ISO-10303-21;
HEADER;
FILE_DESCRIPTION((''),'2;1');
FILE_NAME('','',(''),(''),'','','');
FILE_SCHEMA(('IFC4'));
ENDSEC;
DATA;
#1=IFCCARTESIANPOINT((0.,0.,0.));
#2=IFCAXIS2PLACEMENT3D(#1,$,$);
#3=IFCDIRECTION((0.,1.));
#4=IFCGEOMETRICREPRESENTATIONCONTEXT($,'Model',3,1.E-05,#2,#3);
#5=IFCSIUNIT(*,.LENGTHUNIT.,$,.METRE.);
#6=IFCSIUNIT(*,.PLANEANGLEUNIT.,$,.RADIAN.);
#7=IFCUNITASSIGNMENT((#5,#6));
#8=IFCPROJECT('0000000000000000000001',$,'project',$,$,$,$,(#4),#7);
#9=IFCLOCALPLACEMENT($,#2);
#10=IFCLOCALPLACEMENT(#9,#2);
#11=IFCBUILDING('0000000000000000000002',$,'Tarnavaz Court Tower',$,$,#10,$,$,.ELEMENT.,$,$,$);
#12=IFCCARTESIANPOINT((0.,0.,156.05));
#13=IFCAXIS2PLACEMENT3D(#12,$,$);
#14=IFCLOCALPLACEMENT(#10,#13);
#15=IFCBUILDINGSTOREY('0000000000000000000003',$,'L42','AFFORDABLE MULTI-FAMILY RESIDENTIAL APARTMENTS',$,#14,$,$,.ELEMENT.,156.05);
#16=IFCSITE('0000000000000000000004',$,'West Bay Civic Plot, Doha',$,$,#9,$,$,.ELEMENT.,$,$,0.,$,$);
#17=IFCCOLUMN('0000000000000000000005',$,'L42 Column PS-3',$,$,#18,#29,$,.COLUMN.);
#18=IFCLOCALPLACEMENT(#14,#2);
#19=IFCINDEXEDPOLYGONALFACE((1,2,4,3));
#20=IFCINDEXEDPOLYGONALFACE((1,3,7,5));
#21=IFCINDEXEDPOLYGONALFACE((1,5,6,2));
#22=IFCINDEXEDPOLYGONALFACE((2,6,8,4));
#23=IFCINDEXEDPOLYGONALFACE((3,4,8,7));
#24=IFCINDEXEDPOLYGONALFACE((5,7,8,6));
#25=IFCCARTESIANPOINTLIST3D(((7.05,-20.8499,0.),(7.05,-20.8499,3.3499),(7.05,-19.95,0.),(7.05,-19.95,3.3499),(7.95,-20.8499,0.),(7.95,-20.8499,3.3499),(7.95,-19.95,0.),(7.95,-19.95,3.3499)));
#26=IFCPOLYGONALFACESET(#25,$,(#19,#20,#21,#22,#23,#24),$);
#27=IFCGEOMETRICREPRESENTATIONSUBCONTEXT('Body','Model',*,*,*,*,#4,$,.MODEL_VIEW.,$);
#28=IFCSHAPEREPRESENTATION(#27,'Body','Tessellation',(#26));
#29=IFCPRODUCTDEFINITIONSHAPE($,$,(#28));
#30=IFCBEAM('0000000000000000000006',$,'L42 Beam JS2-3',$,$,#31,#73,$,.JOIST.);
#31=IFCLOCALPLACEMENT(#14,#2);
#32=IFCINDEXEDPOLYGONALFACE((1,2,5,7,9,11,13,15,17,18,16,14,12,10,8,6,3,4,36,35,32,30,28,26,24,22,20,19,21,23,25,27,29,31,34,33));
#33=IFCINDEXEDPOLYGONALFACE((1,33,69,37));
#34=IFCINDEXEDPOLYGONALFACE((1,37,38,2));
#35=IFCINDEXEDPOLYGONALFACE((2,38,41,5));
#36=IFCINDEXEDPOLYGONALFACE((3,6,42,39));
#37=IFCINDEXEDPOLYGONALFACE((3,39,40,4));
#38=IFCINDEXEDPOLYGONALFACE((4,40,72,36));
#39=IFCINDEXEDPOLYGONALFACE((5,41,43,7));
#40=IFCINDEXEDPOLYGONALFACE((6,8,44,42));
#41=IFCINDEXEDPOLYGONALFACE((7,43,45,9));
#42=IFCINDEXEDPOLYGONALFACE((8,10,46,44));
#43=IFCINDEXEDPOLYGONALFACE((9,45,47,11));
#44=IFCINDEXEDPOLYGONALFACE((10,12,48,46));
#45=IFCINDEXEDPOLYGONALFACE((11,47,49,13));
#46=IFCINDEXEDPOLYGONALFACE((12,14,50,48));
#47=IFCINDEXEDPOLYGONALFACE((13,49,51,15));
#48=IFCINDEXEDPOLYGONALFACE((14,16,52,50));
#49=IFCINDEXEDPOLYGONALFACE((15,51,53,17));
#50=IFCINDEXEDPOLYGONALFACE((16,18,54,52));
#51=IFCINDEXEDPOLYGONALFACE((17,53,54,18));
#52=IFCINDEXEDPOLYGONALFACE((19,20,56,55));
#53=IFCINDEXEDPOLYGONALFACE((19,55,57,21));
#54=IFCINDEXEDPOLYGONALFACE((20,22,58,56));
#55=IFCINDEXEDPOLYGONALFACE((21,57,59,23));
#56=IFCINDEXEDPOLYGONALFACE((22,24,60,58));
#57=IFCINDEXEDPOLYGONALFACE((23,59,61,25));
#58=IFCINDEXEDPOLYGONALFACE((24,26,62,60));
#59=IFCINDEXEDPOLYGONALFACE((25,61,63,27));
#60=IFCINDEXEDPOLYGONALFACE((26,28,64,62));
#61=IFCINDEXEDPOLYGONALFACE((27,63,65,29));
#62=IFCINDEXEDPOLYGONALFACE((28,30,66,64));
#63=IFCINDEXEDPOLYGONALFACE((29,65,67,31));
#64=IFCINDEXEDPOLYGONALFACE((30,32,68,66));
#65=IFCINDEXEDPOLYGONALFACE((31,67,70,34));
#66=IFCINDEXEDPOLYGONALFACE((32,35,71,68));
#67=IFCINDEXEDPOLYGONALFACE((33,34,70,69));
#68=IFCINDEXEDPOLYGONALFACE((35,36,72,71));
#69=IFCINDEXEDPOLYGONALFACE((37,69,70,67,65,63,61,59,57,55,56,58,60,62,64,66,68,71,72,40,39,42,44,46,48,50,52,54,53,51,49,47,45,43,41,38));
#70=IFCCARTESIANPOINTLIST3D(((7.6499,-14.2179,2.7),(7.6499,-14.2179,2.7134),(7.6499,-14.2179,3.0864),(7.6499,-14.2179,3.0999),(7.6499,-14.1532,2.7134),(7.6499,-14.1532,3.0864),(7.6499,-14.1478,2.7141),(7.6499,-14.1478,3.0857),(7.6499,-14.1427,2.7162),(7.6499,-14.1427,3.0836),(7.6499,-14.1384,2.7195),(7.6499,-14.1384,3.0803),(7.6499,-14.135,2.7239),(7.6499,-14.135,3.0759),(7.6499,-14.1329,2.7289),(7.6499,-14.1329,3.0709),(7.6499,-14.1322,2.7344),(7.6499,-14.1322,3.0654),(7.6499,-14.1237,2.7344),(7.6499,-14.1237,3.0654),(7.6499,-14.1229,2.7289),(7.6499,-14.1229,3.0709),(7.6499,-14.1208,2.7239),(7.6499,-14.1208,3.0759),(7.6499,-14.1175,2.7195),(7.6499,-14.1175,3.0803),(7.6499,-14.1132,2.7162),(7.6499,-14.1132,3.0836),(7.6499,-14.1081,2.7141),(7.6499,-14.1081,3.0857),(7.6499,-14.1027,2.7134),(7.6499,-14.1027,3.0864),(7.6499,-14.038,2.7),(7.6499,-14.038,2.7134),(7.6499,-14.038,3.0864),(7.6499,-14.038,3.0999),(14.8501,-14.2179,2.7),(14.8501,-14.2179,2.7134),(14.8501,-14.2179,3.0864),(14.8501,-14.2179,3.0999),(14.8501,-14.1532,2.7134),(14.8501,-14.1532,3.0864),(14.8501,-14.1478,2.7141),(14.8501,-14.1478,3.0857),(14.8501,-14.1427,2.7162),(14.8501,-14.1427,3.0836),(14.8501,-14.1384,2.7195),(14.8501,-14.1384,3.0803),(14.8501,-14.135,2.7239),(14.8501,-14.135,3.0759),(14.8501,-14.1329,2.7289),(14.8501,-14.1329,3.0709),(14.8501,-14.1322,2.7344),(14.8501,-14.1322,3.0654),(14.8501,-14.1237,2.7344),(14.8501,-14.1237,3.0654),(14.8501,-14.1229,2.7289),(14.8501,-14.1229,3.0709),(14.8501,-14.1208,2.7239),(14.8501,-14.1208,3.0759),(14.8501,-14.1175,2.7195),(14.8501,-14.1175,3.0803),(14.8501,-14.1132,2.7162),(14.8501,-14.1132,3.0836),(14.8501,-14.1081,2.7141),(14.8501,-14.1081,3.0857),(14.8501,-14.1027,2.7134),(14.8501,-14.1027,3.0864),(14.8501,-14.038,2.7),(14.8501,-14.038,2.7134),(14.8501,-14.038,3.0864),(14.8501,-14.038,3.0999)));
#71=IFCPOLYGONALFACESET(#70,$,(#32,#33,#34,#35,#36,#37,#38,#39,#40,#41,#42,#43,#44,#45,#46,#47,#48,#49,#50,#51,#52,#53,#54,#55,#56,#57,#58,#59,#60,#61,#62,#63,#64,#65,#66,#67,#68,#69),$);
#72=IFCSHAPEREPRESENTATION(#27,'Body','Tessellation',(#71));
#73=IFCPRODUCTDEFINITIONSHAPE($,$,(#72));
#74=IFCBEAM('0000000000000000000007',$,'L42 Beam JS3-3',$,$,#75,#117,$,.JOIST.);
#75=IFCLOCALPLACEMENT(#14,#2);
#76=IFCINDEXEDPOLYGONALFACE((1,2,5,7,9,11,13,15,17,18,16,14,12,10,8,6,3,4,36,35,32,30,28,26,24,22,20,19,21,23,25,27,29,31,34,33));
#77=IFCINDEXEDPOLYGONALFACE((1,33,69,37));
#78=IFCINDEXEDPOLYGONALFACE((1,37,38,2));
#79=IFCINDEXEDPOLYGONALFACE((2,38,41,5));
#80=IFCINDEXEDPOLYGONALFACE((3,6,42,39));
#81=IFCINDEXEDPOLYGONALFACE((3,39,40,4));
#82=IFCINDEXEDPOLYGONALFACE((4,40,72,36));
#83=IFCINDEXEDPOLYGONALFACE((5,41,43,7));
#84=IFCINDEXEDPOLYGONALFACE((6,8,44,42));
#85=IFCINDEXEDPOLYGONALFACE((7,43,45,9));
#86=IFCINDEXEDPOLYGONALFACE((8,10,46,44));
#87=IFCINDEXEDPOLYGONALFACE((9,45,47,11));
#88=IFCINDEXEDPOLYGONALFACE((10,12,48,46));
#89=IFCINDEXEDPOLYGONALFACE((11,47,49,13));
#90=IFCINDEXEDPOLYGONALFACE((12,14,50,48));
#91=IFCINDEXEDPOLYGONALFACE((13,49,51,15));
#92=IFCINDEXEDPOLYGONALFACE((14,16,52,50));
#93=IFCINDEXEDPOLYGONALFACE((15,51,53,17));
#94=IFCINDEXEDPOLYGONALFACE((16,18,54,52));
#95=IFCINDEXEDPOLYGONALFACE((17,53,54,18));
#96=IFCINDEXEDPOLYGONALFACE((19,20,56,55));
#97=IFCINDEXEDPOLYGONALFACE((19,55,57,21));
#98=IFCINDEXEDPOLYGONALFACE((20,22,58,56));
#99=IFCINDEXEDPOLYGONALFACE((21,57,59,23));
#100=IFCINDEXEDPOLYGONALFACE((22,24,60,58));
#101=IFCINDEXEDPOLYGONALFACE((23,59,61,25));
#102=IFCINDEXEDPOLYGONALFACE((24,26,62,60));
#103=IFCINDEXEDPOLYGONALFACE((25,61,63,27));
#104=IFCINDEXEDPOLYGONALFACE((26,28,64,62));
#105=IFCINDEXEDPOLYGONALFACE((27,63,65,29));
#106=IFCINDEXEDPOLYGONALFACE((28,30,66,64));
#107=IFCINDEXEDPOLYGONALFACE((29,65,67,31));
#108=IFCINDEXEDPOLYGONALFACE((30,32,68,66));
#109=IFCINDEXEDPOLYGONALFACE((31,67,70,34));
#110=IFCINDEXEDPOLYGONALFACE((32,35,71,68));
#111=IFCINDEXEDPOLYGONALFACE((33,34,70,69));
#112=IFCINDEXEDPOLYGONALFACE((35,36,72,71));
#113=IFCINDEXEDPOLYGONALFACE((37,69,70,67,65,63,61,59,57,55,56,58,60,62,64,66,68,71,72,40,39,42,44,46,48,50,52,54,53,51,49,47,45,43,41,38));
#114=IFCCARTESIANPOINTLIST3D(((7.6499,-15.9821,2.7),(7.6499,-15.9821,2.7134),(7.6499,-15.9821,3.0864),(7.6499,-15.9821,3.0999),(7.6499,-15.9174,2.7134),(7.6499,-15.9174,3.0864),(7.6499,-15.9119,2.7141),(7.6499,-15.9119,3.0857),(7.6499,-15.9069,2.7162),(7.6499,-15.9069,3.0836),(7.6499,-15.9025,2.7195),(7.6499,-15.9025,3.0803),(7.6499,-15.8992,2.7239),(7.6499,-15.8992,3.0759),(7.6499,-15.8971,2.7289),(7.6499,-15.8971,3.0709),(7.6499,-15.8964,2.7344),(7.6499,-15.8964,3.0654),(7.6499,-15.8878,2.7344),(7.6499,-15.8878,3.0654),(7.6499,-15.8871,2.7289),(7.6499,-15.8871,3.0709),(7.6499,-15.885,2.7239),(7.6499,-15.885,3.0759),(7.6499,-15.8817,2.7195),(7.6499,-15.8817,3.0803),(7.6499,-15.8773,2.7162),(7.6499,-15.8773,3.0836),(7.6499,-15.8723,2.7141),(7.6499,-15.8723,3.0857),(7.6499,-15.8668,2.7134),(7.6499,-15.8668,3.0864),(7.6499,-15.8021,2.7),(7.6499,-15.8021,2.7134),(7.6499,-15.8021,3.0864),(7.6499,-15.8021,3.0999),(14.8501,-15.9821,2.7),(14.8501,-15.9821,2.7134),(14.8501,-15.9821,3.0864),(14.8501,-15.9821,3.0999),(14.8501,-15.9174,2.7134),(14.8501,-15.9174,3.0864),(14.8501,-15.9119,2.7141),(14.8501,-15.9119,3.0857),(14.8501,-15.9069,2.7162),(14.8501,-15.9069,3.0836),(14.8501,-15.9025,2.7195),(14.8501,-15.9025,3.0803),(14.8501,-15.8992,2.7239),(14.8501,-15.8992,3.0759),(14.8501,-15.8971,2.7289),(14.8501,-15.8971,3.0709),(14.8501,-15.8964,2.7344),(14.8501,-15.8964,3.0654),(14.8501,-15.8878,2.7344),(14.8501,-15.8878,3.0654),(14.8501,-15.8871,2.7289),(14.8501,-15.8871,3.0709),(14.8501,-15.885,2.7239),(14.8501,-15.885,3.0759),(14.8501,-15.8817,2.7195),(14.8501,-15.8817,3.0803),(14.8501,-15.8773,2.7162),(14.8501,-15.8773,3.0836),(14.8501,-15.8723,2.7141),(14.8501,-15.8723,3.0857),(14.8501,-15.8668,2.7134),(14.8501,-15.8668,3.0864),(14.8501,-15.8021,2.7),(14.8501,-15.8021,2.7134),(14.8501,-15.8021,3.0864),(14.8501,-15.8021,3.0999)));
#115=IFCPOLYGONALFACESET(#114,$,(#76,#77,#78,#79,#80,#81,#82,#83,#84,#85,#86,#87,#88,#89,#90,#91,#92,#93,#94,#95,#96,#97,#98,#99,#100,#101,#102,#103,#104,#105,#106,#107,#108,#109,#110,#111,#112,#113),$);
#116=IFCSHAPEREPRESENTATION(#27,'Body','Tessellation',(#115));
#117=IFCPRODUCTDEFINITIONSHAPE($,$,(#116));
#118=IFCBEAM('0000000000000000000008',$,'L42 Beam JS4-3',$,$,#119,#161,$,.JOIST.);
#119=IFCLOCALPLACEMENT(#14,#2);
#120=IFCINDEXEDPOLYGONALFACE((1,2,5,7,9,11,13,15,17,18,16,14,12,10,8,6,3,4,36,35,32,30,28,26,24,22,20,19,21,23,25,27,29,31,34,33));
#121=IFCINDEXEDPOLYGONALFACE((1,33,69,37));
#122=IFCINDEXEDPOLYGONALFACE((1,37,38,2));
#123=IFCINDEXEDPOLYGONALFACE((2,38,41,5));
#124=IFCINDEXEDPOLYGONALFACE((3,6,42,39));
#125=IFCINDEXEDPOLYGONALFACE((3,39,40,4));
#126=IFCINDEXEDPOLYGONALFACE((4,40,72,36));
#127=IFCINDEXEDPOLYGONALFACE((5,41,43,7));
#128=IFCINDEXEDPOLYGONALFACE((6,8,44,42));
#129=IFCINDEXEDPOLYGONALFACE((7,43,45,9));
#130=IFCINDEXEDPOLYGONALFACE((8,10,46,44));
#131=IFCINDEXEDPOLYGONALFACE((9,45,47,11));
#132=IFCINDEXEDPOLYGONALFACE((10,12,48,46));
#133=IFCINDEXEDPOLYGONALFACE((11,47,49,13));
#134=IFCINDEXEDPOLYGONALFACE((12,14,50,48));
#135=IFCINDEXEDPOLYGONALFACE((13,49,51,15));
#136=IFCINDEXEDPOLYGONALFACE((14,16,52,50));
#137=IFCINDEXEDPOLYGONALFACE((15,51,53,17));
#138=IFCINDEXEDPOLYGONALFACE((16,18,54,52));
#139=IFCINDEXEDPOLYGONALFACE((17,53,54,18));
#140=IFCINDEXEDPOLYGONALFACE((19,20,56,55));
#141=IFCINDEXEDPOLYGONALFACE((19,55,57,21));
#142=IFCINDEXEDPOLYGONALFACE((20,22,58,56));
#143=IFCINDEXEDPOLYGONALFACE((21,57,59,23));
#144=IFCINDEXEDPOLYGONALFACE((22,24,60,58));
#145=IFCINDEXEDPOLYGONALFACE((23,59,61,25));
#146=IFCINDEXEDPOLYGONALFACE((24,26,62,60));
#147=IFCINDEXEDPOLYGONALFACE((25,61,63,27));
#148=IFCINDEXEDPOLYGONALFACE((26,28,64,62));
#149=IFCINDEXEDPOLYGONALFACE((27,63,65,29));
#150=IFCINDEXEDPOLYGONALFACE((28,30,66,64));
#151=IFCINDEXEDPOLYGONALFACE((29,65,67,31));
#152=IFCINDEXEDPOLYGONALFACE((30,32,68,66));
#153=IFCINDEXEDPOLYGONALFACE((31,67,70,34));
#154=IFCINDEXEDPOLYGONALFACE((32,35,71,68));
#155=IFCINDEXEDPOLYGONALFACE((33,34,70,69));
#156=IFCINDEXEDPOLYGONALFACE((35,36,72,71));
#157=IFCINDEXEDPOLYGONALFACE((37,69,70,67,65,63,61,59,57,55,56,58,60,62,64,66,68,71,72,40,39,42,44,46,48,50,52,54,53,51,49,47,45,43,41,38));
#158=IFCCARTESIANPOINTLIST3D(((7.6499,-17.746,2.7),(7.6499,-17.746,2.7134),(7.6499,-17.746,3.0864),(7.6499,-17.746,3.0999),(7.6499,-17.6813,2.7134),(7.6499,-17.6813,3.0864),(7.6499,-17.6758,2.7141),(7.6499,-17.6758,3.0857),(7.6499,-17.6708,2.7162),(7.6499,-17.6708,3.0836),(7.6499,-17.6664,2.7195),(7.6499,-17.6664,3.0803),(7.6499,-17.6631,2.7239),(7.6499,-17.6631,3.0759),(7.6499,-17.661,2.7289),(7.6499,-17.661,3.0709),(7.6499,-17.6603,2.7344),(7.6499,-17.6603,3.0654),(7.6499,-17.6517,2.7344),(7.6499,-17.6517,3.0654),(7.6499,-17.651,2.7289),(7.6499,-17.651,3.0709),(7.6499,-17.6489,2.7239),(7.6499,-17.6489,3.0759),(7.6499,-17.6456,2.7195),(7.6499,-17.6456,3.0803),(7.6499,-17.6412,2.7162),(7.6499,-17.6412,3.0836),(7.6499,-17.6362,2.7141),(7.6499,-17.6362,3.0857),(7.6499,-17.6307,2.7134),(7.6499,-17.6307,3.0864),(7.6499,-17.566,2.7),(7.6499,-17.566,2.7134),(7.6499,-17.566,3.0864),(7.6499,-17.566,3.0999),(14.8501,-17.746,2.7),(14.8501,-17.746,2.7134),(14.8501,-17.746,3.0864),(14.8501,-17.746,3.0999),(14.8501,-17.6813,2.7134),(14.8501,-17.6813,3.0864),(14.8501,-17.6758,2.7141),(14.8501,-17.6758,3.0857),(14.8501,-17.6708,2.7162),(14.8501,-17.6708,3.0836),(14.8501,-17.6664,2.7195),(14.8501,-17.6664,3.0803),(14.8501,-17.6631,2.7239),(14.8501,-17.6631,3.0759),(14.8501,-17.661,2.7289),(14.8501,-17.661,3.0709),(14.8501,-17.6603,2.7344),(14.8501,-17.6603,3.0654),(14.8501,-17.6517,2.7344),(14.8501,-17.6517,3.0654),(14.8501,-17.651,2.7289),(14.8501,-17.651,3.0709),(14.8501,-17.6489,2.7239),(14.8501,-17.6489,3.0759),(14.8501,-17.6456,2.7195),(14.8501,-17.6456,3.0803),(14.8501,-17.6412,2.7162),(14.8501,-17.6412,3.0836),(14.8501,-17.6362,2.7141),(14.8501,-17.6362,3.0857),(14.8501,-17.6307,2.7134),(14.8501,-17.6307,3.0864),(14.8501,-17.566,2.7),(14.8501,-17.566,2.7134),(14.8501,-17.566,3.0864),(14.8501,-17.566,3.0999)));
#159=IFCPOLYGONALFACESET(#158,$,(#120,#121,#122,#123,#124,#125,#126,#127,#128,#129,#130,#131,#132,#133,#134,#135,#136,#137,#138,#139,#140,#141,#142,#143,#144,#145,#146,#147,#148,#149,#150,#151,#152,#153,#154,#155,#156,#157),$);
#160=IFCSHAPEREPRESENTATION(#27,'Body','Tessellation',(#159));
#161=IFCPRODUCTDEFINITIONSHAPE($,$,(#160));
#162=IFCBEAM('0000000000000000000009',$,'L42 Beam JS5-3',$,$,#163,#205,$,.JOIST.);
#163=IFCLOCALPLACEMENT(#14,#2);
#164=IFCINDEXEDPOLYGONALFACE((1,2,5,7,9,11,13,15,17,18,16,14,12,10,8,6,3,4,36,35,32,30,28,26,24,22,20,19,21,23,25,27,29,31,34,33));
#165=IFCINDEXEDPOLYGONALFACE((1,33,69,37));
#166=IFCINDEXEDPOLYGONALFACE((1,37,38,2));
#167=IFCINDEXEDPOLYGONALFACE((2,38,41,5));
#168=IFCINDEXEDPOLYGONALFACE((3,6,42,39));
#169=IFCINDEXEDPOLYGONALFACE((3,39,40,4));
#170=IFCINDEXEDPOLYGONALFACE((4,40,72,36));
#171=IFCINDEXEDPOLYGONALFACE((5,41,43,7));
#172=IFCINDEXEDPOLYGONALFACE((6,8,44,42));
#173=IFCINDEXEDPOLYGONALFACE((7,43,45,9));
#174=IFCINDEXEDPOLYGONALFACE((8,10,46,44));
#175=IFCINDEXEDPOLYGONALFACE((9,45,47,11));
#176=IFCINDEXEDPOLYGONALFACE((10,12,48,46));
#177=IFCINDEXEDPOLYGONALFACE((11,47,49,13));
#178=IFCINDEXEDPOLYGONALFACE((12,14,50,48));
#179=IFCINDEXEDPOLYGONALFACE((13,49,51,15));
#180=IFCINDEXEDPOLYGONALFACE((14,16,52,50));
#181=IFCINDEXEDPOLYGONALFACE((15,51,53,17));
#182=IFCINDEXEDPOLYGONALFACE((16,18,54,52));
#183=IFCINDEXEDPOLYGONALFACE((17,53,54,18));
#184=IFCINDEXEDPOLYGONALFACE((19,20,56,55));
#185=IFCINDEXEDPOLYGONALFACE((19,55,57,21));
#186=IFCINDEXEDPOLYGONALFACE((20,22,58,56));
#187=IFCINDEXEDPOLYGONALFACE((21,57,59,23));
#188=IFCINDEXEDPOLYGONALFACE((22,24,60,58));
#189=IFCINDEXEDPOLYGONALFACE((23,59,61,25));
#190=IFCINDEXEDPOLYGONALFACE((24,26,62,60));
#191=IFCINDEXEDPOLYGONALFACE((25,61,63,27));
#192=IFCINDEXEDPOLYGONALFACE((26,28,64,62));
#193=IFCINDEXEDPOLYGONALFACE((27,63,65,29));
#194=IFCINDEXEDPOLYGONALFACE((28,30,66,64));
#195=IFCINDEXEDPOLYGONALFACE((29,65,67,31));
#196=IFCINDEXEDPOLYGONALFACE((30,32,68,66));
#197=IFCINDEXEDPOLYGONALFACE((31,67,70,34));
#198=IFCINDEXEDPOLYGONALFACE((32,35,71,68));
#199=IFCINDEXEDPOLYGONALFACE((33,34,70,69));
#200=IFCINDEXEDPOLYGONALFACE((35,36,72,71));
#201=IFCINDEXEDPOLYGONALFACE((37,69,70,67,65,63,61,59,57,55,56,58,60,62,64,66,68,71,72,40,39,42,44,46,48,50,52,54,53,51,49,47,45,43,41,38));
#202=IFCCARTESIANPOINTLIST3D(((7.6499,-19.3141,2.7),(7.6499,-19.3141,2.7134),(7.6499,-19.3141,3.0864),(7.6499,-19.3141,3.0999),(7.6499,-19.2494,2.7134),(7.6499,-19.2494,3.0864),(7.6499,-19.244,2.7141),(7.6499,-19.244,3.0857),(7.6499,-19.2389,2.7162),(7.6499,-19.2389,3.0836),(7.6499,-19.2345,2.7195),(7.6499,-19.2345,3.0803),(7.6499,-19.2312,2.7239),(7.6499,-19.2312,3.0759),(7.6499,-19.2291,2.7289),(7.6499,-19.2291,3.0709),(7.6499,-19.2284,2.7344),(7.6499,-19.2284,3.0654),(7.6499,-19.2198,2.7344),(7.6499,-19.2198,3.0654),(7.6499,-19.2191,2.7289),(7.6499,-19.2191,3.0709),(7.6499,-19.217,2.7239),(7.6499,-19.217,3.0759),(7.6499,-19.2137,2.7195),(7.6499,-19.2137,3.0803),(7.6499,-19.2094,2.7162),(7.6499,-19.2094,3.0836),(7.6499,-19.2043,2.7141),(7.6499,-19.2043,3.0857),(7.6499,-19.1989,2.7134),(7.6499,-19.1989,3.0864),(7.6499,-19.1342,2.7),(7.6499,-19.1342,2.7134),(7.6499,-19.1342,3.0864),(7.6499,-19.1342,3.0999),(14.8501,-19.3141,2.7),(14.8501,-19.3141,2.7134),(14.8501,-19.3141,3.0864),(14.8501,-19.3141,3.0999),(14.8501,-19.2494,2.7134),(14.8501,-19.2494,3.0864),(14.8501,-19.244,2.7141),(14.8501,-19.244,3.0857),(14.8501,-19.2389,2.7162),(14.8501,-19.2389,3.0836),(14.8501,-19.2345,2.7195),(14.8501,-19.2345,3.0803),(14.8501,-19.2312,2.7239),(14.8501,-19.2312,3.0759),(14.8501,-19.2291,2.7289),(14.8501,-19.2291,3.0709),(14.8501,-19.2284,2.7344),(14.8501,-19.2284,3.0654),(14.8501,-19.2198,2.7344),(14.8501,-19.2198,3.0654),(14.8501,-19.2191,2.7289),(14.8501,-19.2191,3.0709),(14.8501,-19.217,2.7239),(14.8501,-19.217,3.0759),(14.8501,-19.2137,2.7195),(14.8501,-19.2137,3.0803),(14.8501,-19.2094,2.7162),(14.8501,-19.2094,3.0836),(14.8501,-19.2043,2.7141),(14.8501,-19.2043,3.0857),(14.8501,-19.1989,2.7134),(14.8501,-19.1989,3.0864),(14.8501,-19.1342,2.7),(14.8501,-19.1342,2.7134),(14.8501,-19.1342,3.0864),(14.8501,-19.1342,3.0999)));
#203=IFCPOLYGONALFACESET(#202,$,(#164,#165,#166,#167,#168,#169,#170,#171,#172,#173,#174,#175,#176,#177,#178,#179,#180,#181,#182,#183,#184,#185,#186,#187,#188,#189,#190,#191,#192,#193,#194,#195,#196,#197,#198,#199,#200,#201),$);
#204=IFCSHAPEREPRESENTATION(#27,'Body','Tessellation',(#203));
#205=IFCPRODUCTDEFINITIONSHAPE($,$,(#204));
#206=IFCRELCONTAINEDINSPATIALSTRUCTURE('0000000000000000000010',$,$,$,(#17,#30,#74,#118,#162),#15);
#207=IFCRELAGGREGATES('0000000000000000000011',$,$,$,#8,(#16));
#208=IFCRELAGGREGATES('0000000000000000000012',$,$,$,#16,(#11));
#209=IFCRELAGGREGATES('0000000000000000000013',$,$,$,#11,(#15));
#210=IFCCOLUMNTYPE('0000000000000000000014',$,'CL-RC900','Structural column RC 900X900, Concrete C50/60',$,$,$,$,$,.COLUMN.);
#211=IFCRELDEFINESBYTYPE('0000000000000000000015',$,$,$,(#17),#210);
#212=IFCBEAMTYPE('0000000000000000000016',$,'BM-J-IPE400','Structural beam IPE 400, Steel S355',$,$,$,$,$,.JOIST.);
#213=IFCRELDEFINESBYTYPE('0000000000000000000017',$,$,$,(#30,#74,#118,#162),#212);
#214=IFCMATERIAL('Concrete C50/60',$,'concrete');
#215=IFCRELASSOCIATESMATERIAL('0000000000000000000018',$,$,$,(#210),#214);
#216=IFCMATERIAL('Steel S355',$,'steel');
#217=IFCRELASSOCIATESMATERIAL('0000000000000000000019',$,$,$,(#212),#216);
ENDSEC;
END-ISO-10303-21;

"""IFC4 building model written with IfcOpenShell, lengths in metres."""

from ifc_helpers import new_model, si_unit, direction, frame, origin, origin_2d, place, context, subcontext, project, spatial, rectangle, i_section, extrude, material, material_profile, profile_set, type_object, element, save


model = new_model("IFC4")

# Units and contexts
model_context = context("Model", 3, precision=1e-05, world=origin(), true_north=direction((0.0, 1.0)))
body_context = subcontext(model_context, "Body", "Model", "MODEL_VIEW")
ifc_project = project(units=[si_unit("LENGTHUNIT", "METRE"), si_unit("PLANEANGLEUNIT", "RADIAN")], contexts=[model_context])

# Site, building, storey
site_placement = place(None, origin())
site = spatial("IfcSite", under=ifc_project, at=site_placement, Name="West Bay Civic Plot, Doha", CompositionType="ELEMENT", RefElevation=0.0)
building_placement = place(site_placement, origin())
building = spatial("IfcBuilding", under=site, at=building_placement, Name="Tarnavaz Court Tower", CompositionType="ELEMENT")
storey_placement = place(building_placement, frame((0.0, 0.0, 156.05)))
storey = spatial("IfcBuildingStorey", under=building, at=storey_placement, Name="L42", Description="AFFORDABLE MULTI-FAMILY RESIDENTIAL APARTMENTS", CompositionType="ELEMENT", Elevation=156.05)

# Column
ifc_material_1 = material(Name="Concrete C50/60", Category="concrete")
ifc_material_profile_1 = material_profile(ifc_material_1, rectangle(XDim=0.8999, YDim=0.8999, at=origin_2d()), Name="RC 900X900")
ifc_profile_set_1 = profile_set([ifc_material_profile_1], Name="Concrete C50/60")
column_type = type_object("IfcColumnType", Name="CL-RC900", Description="Structural column RC 900X900, Concrete C50/60", PredefinedType="COLUMN", material=ifc_profile_set_1)
column_placement = place(storey_placement, frame((7.5, -20.3999, 0.0), z_axis=(0.0, 0.0, 1.0), x_axis=(1.0, 0.0, 0.0)))
element("IfcColumn", 1, at=column_placement, inside=storey, type_object=column_type, Name="L42 Column PS-3", PredefinedType="COLUMN", context=body_context, shape_type="SweptSolid", body=[
    extrude(rectangle(XDim=0.8999, YDim=0.8999, at=origin_2d()), origin(), (0.0, 0.0, 1.0), 3.3499),
])

# Beams
ifc_material_2 = material(Name="Steel S355", Category="steel")
ifc_material_profile_2 = material_profile(ifc_material_2, i_section(OverallWidth=0.1799, OverallDepth=0.3999, WebThickness=0.0085, FlangeThickness=0.0134, FilletRadius=0.021, at=origin_2d()), Name="IPE 400")
ifc_profile_set_2 = profile_set([ifc_material_profile_2], Name="Steel S355")
beam_type_1 = type_object("IfcBeamType", Name="BM-J-IPE400", Description="Structural beam IPE 400, Steel S355", PredefinedType="JOIST", material=ifc_profile_set_2)
for number, where, z_axis, x_axis, name in (
    (2, (7.6499, -14.1279, 2.8999), (1.0, 0.0, 0.0), (0.0, 1.0, 0.0), "L42 Beam JS2-3"),
    (3, (7.6499, -15.8921, 2.8999), (1.0, 0.0, 0.0), (0.0, 1.0, 0.0), "L42 Beam JS3-3"),
    (4, (7.6499, -17.656, 2.8999), (1.0, 0.0, 0.0), (0.0, 1.0, 0.0), "L42 Beam JS4-3"),
    (5, (7.6499, -19.2241, 2.8999), (1.0, 0.0, 0.0), (0.0, 1.0, 0.0), "L42 Beam JS5-3"),
):
    element("IfcBeam", number, at=place(storey_placement, frame(where, z_axis=z_axis, x_axis=x_axis)), inside=storey, type_object=beam_type_1, Name=name, PredefinedType="JOIST", context=body_context, shape_type="SweptSolid", body=[
        extrude(i_section(OverallWidth=0.1799, OverallDepth=0.3999, WebThickness=0.0085, FlangeThickness=0.0134, FilletRadius=0.021, at=origin_2d()), origin(), (0.0, 0.0, 1.0), 7.2002),
    ])

save(model, "model.ifc")
